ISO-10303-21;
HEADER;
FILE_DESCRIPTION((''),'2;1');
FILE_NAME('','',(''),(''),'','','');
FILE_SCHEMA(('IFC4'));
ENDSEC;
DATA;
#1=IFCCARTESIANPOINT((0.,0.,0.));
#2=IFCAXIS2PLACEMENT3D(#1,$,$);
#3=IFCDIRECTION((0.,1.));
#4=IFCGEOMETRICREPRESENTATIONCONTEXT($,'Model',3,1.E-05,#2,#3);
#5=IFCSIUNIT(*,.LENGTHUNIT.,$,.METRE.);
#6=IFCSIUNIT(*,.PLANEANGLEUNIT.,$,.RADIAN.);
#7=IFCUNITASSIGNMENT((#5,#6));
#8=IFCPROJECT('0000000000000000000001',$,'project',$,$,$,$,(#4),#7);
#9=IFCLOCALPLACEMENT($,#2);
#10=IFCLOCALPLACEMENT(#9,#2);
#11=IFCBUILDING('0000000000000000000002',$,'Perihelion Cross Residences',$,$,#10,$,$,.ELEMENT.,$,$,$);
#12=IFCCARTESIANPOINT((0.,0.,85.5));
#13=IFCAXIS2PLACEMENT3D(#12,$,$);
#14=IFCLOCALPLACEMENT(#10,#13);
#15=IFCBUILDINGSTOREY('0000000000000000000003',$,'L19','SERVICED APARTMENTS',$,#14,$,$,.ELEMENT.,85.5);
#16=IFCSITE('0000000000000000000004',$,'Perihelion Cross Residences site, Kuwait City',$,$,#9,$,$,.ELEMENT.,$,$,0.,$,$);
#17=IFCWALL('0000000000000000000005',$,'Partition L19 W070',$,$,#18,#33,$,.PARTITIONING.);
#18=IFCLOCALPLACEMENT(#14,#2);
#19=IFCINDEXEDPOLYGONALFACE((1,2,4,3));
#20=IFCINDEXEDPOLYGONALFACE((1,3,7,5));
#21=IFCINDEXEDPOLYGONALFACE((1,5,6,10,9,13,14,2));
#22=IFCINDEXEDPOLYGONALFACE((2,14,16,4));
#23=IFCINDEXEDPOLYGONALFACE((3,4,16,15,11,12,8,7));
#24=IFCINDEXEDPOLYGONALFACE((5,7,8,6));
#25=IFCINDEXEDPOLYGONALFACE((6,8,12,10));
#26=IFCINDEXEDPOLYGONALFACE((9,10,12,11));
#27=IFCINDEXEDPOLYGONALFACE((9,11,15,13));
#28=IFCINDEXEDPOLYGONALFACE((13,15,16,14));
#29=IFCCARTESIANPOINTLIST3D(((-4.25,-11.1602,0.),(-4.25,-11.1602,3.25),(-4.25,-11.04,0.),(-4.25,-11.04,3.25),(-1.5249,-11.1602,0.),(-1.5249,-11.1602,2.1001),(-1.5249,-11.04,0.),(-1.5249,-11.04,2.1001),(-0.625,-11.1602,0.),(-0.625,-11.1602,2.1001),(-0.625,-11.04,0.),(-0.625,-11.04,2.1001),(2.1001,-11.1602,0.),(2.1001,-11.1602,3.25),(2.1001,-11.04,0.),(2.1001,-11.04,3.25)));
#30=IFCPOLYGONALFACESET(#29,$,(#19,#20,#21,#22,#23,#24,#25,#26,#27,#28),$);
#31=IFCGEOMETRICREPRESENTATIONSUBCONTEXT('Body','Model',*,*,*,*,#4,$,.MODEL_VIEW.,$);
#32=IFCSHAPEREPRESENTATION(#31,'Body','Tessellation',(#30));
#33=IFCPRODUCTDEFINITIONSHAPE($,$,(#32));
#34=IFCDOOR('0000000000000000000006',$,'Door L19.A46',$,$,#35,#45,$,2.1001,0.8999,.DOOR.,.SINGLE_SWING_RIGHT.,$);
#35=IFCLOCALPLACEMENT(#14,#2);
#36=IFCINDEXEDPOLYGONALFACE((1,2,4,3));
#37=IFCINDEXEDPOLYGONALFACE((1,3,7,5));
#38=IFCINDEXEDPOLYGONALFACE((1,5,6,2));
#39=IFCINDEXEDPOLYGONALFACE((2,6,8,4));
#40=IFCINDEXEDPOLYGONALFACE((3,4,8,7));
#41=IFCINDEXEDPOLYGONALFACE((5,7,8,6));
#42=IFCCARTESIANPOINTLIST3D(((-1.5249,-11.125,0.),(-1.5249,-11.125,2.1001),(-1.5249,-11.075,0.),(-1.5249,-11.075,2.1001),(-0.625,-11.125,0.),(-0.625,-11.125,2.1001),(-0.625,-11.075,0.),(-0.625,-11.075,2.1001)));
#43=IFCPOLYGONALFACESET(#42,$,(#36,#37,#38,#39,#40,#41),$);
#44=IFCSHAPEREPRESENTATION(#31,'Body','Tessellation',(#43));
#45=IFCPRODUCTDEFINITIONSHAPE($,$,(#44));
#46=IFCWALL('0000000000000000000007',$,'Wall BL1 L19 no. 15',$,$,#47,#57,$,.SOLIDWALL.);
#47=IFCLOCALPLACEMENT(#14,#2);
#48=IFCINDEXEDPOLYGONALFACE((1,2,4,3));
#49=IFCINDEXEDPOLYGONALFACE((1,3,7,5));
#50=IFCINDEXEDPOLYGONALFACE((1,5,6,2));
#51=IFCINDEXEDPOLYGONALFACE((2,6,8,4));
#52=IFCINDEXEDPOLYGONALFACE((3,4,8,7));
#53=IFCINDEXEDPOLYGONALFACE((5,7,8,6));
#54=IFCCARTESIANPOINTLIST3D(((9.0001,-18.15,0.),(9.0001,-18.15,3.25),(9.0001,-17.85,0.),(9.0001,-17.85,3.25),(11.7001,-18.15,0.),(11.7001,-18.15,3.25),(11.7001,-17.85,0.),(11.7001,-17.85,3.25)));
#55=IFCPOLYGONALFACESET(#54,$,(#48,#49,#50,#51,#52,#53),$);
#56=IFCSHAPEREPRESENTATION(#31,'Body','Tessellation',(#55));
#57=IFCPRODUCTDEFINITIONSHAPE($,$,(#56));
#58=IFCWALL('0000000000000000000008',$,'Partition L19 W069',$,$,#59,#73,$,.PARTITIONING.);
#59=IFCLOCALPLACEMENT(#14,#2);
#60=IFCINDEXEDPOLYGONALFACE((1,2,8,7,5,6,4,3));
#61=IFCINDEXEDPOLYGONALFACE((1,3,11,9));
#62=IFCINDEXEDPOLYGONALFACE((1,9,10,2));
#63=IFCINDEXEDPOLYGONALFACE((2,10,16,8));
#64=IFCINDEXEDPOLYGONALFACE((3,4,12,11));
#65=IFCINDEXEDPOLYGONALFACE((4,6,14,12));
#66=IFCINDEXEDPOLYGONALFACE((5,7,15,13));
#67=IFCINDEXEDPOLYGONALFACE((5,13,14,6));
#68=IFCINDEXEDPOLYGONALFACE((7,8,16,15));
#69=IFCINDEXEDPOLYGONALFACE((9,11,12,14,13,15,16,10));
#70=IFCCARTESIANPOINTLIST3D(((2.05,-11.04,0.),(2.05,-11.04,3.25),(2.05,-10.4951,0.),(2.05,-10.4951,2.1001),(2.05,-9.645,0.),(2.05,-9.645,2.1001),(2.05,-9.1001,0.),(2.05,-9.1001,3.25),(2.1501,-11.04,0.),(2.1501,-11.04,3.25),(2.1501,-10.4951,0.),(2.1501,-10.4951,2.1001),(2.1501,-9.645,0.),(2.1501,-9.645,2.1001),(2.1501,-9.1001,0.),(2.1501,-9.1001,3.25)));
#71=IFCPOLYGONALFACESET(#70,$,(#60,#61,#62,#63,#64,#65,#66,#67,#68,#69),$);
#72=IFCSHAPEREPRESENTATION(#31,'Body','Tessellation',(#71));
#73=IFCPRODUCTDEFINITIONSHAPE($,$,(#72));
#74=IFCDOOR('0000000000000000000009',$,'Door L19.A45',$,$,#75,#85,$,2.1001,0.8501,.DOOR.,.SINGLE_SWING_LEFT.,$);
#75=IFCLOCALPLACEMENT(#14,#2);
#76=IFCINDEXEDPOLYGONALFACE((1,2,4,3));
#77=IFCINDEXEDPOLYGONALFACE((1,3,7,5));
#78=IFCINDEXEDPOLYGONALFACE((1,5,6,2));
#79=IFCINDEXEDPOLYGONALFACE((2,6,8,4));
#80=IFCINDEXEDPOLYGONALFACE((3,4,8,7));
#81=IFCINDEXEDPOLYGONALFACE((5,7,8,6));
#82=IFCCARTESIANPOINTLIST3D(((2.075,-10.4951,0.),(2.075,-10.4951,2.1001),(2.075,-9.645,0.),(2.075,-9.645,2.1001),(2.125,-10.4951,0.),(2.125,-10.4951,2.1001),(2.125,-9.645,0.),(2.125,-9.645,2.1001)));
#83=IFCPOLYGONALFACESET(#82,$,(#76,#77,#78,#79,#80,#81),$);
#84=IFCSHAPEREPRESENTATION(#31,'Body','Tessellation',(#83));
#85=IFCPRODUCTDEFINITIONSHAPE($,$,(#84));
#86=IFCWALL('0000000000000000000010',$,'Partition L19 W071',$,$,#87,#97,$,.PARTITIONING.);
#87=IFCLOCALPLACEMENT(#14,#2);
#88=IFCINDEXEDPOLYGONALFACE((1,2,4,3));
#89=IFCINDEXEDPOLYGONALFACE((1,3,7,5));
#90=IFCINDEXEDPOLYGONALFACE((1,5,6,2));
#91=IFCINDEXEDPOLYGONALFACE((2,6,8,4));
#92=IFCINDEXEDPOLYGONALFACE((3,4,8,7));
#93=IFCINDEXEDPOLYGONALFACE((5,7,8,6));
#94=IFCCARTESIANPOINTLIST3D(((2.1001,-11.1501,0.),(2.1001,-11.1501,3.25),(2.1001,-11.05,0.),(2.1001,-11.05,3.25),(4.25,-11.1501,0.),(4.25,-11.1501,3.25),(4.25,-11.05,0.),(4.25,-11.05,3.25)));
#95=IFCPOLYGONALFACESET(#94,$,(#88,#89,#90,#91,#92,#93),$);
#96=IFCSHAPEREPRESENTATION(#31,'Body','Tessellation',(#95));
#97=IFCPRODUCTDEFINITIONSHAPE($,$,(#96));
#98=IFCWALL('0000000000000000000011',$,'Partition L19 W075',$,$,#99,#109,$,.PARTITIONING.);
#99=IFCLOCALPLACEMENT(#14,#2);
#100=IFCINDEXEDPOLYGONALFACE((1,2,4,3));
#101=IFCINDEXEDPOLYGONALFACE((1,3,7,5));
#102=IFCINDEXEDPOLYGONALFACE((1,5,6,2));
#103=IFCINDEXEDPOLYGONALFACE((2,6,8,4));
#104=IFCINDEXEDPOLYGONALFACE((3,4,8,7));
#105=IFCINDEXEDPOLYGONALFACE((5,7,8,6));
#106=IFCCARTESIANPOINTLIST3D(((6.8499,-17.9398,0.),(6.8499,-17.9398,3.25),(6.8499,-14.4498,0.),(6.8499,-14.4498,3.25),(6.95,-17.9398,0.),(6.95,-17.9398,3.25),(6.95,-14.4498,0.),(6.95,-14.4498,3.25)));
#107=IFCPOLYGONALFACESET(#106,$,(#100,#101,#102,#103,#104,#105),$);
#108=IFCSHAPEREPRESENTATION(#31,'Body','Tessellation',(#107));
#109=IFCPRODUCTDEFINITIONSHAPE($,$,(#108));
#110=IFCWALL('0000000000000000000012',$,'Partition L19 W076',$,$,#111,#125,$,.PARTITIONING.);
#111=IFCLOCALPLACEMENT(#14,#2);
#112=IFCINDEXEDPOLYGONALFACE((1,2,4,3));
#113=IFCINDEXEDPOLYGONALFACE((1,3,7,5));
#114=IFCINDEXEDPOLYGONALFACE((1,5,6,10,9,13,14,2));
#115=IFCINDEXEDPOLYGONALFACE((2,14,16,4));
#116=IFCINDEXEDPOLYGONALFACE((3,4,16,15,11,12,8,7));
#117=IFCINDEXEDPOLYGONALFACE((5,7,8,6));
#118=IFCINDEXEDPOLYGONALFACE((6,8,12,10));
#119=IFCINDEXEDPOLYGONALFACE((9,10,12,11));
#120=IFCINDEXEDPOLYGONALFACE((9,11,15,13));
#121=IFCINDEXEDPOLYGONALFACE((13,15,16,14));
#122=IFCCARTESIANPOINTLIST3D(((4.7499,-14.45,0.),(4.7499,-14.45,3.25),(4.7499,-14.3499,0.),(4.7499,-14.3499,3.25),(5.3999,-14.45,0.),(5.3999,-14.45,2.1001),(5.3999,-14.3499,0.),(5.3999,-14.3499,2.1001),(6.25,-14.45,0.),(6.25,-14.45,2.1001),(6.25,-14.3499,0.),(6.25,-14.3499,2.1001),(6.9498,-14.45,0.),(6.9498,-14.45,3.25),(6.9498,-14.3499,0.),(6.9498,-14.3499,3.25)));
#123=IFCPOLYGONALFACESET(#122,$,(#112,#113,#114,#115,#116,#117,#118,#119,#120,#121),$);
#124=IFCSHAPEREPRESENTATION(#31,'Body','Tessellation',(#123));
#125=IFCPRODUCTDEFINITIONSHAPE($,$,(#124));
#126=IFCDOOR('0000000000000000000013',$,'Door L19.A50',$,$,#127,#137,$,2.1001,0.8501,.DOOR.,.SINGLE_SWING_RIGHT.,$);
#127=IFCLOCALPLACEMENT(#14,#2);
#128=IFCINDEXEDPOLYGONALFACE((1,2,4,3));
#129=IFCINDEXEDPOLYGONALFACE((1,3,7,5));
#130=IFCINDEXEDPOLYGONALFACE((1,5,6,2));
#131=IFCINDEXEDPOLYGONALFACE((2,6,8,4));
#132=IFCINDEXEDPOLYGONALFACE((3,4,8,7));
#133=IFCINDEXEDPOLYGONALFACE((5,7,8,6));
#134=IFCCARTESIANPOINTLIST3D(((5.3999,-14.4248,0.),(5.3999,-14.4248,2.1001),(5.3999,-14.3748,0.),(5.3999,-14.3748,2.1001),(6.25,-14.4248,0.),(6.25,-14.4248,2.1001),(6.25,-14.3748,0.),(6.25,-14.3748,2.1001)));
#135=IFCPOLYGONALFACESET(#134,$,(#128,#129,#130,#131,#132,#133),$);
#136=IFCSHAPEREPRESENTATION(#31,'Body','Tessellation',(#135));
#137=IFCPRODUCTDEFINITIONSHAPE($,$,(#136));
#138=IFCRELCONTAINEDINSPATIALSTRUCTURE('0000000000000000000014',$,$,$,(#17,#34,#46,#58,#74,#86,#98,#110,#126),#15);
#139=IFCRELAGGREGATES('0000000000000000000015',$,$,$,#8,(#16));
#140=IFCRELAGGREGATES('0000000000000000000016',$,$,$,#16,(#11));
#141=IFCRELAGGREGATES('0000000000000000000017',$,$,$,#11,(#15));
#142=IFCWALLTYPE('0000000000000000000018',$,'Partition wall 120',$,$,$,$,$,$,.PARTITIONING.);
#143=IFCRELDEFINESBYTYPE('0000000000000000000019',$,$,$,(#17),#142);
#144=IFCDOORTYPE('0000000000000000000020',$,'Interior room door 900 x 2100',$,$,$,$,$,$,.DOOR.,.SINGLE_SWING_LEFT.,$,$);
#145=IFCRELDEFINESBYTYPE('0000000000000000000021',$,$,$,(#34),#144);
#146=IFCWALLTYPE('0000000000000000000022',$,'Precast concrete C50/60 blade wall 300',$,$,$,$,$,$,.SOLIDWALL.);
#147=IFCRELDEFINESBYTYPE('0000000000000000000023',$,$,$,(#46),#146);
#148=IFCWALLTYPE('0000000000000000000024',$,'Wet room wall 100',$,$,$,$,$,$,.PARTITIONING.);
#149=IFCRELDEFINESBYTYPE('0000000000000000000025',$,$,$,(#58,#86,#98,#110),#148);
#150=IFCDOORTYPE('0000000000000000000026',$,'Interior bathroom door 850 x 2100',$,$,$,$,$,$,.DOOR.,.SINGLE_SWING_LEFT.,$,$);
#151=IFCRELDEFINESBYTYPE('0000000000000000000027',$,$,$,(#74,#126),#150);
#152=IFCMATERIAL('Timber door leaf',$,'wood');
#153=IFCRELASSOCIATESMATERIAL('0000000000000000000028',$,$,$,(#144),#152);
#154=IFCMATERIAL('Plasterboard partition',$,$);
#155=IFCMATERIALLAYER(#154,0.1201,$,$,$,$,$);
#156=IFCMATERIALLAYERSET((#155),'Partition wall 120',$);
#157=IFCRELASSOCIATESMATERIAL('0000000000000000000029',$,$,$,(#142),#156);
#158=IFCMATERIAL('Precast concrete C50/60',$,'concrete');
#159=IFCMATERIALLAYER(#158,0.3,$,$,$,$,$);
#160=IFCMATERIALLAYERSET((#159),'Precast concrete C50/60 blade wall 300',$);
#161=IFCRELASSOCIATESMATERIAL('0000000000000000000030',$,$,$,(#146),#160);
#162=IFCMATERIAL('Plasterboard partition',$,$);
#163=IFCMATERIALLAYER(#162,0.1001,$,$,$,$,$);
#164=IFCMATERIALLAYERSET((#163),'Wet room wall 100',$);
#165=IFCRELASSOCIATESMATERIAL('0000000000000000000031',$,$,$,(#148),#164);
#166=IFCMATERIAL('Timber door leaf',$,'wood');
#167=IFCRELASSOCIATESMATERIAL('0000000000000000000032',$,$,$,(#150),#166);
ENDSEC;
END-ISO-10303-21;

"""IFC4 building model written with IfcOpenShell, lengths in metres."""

from ifc_helpers import new_model, si_unit, direction, frame, frame_2d, origin, place, context, subcontext, project, spatial, rectangle, extrude, material, layer, layer_set, type_object, element, fill, save


model = new_model("IFC4")

# Units and contexts
model_context = context("Model", 3, precision=1e-05, world=origin(), true_north=direction((0.0, 1.0)))
body_context = subcontext(model_context, "Body", "Model", "MODEL_VIEW")
ifc_project = project(units=[si_unit("LENGTHUNIT", "METRE"), si_unit("PLANEANGLEUNIT", "RADIAN")], contexts=[model_context])

# Site, building, storey
site_placement = place(None, origin())
site = spatial("IfcSite", under=ifc_project, at=site_placement, Name="Perihelion Cross Residences site, Kuwait City", CompositionType="ELEMENT", RefElevation=0.0)
building_placement = place(site_placement, origin())
building = spatial("IfcBuilding", under=site, at=building_placement, Name="Perihelion Cross Residences", CompositionType="ELEMENT")
storey_placement = place(building_placement, frame((0.0, 0.0, 85.5)))
storey = spatial("IfcBuildingStorey", under=building, at=storey_placement, Name="L19", Description="SERVICED APARTMENTS", CompositionType="ELEMENT", Elevation=85.5)

# Wall, opening, door
ifc_material_1 = material(Name="Timber door leaf", Category="wood")
door_type_1 = type_object("IfcDoorType", Name="Interior room door 900 x 2100", OperationType="SINGLE_SWING_LEFT", PredefinedType="DOOR", material=ifc_material_1)
ifc_material_2 = material(Name="Plasterboard partition")
ifc_layer_1 = layer(ifc_material_2, 0.1201)
ifc_layer_set_1 = layer_set([ifc_layer_1], Name="Partition wall 120")
wall_type_1 = type_object("IfcWallType", Name="Partition wall 120", PredefinedType="PARTITIONING", material=ifc_layer_set_1)
wall_1_placement = place(storey_placement, frame((2.1001, -11.1001, 0.0), z_axis=(0.0, 0.0, 1.0), x_axis=(-1.0, 0.0, 0.0)))
wall_1 = element("IfcWall", 1, at=wall_1_placement, inside=storey, type_object=wall_type_1, Name="Partition L19 W070", PredefinedType="PARTITIONING", context=body_context, shape_type="SweptSolid", body=[
    extrude(rectangle(XDim=6.3501, YDim=0.1201, at=frame_2d((3.175, 0.0))), origin(), (0.0, 0.0, 1.0), 3.25),
])
opening_1_placement = place(wall_1_placement, frame((2.7251, 0.0, 0.0)))
opening_1 = element("IfcOpeningElement", 2, at=opening_1_placement, cuts=wall_1, PredefinedType="OPENING", context=body_context, shape_type="SweptSolid", body=[
    extrude(rectangle(XDim=0.8999, YDim=2.1001, at=frame_2d((0.45, 1.05))), frame((0.0, 0.0701, 0.0), z_axis=(0.0, -1.0, 0.0), x_axis=(1.0, 0.0, 0.0)), (0.0, 0.0, 1.0), 0.1401),
])
door_1_placement = place(opening_1_placement, origin())
door_1 = element("IfcDoor", 3, at=door_1_placement, inside=storey, type_object=door_type_1, Name="Door L19.A46", OperationType="SINGLE_SWING_RIGHT", OverallHeight=2.1001, OverallWidth=0.8999, PredefinedType="DOOR", context=body_context, shape_type="SweptSolid", body=[
    extrude(rectangle(XDim=0.8999, YDim=2.1001, at=frame_2d((0.45, 1.05))), frame((0.0, 0.0249, 0.0), z_axis=(0.0, -1.0, 0.0), x_axis=(1.0, 0.0, 0.0)), (0.0, 0.0, 1.0), 0.05),
])
fill(opening_1, door_1)

# Wall
ifc_material_3 = material(Name="Precast concrete C50/60", Category="concrete")
ifc_layer_2 = layer(ifc_material_3, 0.3)
ifc_layer_set_2 = layer_set([ifc_layer_2], Name="Precast concrete C50/60 blade wall 300")
wall_type_2 = type_object("IfcWallType", Name="Precast concrete C50/60 blade wall 300", PredefinedType="SOLIDWALL", material=ifc_layer_set_2)
wall_2_placement = place(storey_placement, frame((9.0, -18.0, 0.0), z_axis=(0.0, 0.0, 1.0), x_axis=(1.0, 0.0, 0.0)))
element("IfcWall", 4, at=wall_2_placement, inside=storey, type_object=wall_type_2, Name="Wall BL1 L19 no. 15", PredefinedType="SOLIDWALL", context=body_context, shape_type="SweptSolid", body=[
    extrude(rectangle(XDim=2.7, YDim=0.3, at=frame_2d((1.3501, 0.0))), origin(), (0.0, 0.0, 1.0), 3.25),
])

# Wall, opening, door
ifc_material_4 = material(Name="Plasterboard partition")
ifc_layer_3 = layer(ifc_material_4, 0.1001)
ifc_layer_set_3 = layer_set([ifc_layer_3], Name="Wet room wall 100")
wall_type_3 = type_object("IfcWallType", Name="Wet room wall 100", PredefinedType="PARTITIONING", material=ifc_layer_set_3)
wall_3_placement = place(storey_placement, frame((2.1001, -9.1001, 0.0), z_axis=(0.0, 0.0, 1.0), x_axis=(0.0, -1.0, 0.0)))
wall_3 = element("IfcWall", 5, at=wall_3_placement, inside=storey, type_object=wall_type_3, Name="Partition L19 W069", PredefinedType="PARTITIONING", context=body_context, shape_type="SweptSolid", body=[
    extrude(rectangle(XDim=1.9399, YDim=0.1001, at=frame_2d((0.97, 0.0))), origin(), (0.0, 0.0, 1.0), 3.25),
])
opening_2_placement = place(wall_3_placement, frame((0.5449, 0.0, 0.0)))
opening_2 = element("IfcOpeningElement", 6, at=opening_2_placement, cuts=wall_3, PredefinedType="OPENING", context=body_context, shape_type="SweptSolid", body=[
    extrude(rectangle(XDim=0.8501, YDim=2.1001, at=frame_2d((0.425, 1.05))), frame((0.0, 0.0601, 0.0), z_axis=(0.0, -1.0, 0.0), x_axis=(1.0, 0.0, 0.0)), (0.0, 0.0, 1.0), 0.1201),
])
ifc_material_5 = material(Name="Timber door leaf", Category="wood")
door_type_2 = type_object("IfcDoorType", Name="Interior bathroom door 850 x 2100", OperationType="SINGLE_SWING_LEFT", PredefinedType="DOOR", material=ifc_material_5)
door_2_placement = place(opening_2_placement, origin())
door_2 = element("IfcDoor", 7, at=door_2_placement, inside=storey, type_object=door_type_2, Name="Door L19.A45", OperationType="SINGLE_SWING_LEFT", OverallHeight=2.1001, OverallWidth=0.8501, PredefinedType="DOOR", context=body_context, shape_type="SweptSolid", body=[
    extrude(rectangle(XDim=0.8501, YDim=2.1001, at=frame_2d((0.425, 1.05))), frame((0.0, 0.0249, 0.0), z_axis=(0.0, -1.0, 0.0), x_axis=(1.0, 0.0, 0.0)), (0.0, 0.0, 1.0), 0.05),
])
fill(opening_2, door_2)

# Walls
wall_4_placement = place(storey_placement, frame((4.25, -11.1001, 0.0), z_axis=(0.0, 0.0, 1.0), x_axis=(-1.0, 0.0, 0.0)))
element("IfcWall", 8, at=wall_4_placement, inside=storey, type_object=wall_type_3, Name="Partition L19 W071", PredefinedType="PARTITIONING", context=body_context, shape_type="SweptSolid", body=[
    extrude(rectangle(XDim=2.1499, YDim=0.1001, at=frame_2d((1.075, 0.0))), origin(), (0.0, 0.0, 1.0), 3.25),
])
wall_5_placement = place(storey_placement, frame((6.8999, -17.9399, 0.0), z_axis=(0.0, 0.0, 1.0), x_axis=(0.0, 1.0, 0.0)))
element("IfcWall", 9, at=wall_5_placement, inside=storey, type_object=wall_type_3, Name="Partition L19 W075", PredefinedType="PARTITIONING", context=body_context, shape_type="SweptSolid", body=[
    extrude(rectangle(XDim=3.49, YDim=0.1001, at=frame_2d((1.7451, 0.0))), origin(), (0.0, 0.0, 1.0), 3.25),
])

# Wall, opening, door
wall_6_placement = place(storey_placement, frame((6.95, -14.3999, 0.0), z_axis=(0.0, 0.0, 1.0), x_axis=(-1.0, 0.0, 0.0)))
wall_6 = element("IfcWall", 10, at=wall_6_placement, inside=storey, type_object=wall_type_3, Name="Partition L19 W076", PredefinedType="PARTITIONING", context=body_context, shape_type="SweptSolid", body=[
    extrude(rectangle(XDim=2.2, YDim=0.1001, at=frame_2d((1.1001, 0.0))), origin(), (0.0, 0.0, 1.0), 3.25),
])
opening_3_placement = place(wall_6_placement, frame((0.7, 0.0, 0.0)))
opening_3 = element("IfcOpeningElement", 11, at=opening_3_placement, cuts=wall_6, PredefinedType="OPENING", context=body_context, shape_type="SweptSolid", body=[
    extrude(rectangle(XDim=0.8501, YDim=2.1001, at=frame_2d((0.425, 1.05))), frame((0.0, 0.0601, 0.0), z_axis=(0.0, -1.0, 0.0), x_axis=(1.0, 0.0, 0.0)), (0.0, 0.0, 1.0), 0.1201),
])
door_3_placement = place(opening_3_placement, origin())
door_3 = element("IfcDoor", 12, at=door_3_placement, inside=storey, type_object=door_type_2, Name="Door L19.A50", OperationType="SINGLE_SWING_RIGHT", OverallHeight=2.1001, OverallWidth=0.8501, PredefinedType="DOOR", context=body_context, shape_type="SweptSolid", body=[
    extrude(rectangle(XDim=0.8501, YDim=2.1001, at=frame_2d((0.425, 1.05))), frame((0.0, 0.0249, 0.0), z_axis=(0.0, -1.0, 0.0), x_axis=(1.0, 0.0, 0.0)), (0.0, 0.0, 1.0), 0.05),
])
fill(opening_3, door_3)

save(model, "model.ifc")
